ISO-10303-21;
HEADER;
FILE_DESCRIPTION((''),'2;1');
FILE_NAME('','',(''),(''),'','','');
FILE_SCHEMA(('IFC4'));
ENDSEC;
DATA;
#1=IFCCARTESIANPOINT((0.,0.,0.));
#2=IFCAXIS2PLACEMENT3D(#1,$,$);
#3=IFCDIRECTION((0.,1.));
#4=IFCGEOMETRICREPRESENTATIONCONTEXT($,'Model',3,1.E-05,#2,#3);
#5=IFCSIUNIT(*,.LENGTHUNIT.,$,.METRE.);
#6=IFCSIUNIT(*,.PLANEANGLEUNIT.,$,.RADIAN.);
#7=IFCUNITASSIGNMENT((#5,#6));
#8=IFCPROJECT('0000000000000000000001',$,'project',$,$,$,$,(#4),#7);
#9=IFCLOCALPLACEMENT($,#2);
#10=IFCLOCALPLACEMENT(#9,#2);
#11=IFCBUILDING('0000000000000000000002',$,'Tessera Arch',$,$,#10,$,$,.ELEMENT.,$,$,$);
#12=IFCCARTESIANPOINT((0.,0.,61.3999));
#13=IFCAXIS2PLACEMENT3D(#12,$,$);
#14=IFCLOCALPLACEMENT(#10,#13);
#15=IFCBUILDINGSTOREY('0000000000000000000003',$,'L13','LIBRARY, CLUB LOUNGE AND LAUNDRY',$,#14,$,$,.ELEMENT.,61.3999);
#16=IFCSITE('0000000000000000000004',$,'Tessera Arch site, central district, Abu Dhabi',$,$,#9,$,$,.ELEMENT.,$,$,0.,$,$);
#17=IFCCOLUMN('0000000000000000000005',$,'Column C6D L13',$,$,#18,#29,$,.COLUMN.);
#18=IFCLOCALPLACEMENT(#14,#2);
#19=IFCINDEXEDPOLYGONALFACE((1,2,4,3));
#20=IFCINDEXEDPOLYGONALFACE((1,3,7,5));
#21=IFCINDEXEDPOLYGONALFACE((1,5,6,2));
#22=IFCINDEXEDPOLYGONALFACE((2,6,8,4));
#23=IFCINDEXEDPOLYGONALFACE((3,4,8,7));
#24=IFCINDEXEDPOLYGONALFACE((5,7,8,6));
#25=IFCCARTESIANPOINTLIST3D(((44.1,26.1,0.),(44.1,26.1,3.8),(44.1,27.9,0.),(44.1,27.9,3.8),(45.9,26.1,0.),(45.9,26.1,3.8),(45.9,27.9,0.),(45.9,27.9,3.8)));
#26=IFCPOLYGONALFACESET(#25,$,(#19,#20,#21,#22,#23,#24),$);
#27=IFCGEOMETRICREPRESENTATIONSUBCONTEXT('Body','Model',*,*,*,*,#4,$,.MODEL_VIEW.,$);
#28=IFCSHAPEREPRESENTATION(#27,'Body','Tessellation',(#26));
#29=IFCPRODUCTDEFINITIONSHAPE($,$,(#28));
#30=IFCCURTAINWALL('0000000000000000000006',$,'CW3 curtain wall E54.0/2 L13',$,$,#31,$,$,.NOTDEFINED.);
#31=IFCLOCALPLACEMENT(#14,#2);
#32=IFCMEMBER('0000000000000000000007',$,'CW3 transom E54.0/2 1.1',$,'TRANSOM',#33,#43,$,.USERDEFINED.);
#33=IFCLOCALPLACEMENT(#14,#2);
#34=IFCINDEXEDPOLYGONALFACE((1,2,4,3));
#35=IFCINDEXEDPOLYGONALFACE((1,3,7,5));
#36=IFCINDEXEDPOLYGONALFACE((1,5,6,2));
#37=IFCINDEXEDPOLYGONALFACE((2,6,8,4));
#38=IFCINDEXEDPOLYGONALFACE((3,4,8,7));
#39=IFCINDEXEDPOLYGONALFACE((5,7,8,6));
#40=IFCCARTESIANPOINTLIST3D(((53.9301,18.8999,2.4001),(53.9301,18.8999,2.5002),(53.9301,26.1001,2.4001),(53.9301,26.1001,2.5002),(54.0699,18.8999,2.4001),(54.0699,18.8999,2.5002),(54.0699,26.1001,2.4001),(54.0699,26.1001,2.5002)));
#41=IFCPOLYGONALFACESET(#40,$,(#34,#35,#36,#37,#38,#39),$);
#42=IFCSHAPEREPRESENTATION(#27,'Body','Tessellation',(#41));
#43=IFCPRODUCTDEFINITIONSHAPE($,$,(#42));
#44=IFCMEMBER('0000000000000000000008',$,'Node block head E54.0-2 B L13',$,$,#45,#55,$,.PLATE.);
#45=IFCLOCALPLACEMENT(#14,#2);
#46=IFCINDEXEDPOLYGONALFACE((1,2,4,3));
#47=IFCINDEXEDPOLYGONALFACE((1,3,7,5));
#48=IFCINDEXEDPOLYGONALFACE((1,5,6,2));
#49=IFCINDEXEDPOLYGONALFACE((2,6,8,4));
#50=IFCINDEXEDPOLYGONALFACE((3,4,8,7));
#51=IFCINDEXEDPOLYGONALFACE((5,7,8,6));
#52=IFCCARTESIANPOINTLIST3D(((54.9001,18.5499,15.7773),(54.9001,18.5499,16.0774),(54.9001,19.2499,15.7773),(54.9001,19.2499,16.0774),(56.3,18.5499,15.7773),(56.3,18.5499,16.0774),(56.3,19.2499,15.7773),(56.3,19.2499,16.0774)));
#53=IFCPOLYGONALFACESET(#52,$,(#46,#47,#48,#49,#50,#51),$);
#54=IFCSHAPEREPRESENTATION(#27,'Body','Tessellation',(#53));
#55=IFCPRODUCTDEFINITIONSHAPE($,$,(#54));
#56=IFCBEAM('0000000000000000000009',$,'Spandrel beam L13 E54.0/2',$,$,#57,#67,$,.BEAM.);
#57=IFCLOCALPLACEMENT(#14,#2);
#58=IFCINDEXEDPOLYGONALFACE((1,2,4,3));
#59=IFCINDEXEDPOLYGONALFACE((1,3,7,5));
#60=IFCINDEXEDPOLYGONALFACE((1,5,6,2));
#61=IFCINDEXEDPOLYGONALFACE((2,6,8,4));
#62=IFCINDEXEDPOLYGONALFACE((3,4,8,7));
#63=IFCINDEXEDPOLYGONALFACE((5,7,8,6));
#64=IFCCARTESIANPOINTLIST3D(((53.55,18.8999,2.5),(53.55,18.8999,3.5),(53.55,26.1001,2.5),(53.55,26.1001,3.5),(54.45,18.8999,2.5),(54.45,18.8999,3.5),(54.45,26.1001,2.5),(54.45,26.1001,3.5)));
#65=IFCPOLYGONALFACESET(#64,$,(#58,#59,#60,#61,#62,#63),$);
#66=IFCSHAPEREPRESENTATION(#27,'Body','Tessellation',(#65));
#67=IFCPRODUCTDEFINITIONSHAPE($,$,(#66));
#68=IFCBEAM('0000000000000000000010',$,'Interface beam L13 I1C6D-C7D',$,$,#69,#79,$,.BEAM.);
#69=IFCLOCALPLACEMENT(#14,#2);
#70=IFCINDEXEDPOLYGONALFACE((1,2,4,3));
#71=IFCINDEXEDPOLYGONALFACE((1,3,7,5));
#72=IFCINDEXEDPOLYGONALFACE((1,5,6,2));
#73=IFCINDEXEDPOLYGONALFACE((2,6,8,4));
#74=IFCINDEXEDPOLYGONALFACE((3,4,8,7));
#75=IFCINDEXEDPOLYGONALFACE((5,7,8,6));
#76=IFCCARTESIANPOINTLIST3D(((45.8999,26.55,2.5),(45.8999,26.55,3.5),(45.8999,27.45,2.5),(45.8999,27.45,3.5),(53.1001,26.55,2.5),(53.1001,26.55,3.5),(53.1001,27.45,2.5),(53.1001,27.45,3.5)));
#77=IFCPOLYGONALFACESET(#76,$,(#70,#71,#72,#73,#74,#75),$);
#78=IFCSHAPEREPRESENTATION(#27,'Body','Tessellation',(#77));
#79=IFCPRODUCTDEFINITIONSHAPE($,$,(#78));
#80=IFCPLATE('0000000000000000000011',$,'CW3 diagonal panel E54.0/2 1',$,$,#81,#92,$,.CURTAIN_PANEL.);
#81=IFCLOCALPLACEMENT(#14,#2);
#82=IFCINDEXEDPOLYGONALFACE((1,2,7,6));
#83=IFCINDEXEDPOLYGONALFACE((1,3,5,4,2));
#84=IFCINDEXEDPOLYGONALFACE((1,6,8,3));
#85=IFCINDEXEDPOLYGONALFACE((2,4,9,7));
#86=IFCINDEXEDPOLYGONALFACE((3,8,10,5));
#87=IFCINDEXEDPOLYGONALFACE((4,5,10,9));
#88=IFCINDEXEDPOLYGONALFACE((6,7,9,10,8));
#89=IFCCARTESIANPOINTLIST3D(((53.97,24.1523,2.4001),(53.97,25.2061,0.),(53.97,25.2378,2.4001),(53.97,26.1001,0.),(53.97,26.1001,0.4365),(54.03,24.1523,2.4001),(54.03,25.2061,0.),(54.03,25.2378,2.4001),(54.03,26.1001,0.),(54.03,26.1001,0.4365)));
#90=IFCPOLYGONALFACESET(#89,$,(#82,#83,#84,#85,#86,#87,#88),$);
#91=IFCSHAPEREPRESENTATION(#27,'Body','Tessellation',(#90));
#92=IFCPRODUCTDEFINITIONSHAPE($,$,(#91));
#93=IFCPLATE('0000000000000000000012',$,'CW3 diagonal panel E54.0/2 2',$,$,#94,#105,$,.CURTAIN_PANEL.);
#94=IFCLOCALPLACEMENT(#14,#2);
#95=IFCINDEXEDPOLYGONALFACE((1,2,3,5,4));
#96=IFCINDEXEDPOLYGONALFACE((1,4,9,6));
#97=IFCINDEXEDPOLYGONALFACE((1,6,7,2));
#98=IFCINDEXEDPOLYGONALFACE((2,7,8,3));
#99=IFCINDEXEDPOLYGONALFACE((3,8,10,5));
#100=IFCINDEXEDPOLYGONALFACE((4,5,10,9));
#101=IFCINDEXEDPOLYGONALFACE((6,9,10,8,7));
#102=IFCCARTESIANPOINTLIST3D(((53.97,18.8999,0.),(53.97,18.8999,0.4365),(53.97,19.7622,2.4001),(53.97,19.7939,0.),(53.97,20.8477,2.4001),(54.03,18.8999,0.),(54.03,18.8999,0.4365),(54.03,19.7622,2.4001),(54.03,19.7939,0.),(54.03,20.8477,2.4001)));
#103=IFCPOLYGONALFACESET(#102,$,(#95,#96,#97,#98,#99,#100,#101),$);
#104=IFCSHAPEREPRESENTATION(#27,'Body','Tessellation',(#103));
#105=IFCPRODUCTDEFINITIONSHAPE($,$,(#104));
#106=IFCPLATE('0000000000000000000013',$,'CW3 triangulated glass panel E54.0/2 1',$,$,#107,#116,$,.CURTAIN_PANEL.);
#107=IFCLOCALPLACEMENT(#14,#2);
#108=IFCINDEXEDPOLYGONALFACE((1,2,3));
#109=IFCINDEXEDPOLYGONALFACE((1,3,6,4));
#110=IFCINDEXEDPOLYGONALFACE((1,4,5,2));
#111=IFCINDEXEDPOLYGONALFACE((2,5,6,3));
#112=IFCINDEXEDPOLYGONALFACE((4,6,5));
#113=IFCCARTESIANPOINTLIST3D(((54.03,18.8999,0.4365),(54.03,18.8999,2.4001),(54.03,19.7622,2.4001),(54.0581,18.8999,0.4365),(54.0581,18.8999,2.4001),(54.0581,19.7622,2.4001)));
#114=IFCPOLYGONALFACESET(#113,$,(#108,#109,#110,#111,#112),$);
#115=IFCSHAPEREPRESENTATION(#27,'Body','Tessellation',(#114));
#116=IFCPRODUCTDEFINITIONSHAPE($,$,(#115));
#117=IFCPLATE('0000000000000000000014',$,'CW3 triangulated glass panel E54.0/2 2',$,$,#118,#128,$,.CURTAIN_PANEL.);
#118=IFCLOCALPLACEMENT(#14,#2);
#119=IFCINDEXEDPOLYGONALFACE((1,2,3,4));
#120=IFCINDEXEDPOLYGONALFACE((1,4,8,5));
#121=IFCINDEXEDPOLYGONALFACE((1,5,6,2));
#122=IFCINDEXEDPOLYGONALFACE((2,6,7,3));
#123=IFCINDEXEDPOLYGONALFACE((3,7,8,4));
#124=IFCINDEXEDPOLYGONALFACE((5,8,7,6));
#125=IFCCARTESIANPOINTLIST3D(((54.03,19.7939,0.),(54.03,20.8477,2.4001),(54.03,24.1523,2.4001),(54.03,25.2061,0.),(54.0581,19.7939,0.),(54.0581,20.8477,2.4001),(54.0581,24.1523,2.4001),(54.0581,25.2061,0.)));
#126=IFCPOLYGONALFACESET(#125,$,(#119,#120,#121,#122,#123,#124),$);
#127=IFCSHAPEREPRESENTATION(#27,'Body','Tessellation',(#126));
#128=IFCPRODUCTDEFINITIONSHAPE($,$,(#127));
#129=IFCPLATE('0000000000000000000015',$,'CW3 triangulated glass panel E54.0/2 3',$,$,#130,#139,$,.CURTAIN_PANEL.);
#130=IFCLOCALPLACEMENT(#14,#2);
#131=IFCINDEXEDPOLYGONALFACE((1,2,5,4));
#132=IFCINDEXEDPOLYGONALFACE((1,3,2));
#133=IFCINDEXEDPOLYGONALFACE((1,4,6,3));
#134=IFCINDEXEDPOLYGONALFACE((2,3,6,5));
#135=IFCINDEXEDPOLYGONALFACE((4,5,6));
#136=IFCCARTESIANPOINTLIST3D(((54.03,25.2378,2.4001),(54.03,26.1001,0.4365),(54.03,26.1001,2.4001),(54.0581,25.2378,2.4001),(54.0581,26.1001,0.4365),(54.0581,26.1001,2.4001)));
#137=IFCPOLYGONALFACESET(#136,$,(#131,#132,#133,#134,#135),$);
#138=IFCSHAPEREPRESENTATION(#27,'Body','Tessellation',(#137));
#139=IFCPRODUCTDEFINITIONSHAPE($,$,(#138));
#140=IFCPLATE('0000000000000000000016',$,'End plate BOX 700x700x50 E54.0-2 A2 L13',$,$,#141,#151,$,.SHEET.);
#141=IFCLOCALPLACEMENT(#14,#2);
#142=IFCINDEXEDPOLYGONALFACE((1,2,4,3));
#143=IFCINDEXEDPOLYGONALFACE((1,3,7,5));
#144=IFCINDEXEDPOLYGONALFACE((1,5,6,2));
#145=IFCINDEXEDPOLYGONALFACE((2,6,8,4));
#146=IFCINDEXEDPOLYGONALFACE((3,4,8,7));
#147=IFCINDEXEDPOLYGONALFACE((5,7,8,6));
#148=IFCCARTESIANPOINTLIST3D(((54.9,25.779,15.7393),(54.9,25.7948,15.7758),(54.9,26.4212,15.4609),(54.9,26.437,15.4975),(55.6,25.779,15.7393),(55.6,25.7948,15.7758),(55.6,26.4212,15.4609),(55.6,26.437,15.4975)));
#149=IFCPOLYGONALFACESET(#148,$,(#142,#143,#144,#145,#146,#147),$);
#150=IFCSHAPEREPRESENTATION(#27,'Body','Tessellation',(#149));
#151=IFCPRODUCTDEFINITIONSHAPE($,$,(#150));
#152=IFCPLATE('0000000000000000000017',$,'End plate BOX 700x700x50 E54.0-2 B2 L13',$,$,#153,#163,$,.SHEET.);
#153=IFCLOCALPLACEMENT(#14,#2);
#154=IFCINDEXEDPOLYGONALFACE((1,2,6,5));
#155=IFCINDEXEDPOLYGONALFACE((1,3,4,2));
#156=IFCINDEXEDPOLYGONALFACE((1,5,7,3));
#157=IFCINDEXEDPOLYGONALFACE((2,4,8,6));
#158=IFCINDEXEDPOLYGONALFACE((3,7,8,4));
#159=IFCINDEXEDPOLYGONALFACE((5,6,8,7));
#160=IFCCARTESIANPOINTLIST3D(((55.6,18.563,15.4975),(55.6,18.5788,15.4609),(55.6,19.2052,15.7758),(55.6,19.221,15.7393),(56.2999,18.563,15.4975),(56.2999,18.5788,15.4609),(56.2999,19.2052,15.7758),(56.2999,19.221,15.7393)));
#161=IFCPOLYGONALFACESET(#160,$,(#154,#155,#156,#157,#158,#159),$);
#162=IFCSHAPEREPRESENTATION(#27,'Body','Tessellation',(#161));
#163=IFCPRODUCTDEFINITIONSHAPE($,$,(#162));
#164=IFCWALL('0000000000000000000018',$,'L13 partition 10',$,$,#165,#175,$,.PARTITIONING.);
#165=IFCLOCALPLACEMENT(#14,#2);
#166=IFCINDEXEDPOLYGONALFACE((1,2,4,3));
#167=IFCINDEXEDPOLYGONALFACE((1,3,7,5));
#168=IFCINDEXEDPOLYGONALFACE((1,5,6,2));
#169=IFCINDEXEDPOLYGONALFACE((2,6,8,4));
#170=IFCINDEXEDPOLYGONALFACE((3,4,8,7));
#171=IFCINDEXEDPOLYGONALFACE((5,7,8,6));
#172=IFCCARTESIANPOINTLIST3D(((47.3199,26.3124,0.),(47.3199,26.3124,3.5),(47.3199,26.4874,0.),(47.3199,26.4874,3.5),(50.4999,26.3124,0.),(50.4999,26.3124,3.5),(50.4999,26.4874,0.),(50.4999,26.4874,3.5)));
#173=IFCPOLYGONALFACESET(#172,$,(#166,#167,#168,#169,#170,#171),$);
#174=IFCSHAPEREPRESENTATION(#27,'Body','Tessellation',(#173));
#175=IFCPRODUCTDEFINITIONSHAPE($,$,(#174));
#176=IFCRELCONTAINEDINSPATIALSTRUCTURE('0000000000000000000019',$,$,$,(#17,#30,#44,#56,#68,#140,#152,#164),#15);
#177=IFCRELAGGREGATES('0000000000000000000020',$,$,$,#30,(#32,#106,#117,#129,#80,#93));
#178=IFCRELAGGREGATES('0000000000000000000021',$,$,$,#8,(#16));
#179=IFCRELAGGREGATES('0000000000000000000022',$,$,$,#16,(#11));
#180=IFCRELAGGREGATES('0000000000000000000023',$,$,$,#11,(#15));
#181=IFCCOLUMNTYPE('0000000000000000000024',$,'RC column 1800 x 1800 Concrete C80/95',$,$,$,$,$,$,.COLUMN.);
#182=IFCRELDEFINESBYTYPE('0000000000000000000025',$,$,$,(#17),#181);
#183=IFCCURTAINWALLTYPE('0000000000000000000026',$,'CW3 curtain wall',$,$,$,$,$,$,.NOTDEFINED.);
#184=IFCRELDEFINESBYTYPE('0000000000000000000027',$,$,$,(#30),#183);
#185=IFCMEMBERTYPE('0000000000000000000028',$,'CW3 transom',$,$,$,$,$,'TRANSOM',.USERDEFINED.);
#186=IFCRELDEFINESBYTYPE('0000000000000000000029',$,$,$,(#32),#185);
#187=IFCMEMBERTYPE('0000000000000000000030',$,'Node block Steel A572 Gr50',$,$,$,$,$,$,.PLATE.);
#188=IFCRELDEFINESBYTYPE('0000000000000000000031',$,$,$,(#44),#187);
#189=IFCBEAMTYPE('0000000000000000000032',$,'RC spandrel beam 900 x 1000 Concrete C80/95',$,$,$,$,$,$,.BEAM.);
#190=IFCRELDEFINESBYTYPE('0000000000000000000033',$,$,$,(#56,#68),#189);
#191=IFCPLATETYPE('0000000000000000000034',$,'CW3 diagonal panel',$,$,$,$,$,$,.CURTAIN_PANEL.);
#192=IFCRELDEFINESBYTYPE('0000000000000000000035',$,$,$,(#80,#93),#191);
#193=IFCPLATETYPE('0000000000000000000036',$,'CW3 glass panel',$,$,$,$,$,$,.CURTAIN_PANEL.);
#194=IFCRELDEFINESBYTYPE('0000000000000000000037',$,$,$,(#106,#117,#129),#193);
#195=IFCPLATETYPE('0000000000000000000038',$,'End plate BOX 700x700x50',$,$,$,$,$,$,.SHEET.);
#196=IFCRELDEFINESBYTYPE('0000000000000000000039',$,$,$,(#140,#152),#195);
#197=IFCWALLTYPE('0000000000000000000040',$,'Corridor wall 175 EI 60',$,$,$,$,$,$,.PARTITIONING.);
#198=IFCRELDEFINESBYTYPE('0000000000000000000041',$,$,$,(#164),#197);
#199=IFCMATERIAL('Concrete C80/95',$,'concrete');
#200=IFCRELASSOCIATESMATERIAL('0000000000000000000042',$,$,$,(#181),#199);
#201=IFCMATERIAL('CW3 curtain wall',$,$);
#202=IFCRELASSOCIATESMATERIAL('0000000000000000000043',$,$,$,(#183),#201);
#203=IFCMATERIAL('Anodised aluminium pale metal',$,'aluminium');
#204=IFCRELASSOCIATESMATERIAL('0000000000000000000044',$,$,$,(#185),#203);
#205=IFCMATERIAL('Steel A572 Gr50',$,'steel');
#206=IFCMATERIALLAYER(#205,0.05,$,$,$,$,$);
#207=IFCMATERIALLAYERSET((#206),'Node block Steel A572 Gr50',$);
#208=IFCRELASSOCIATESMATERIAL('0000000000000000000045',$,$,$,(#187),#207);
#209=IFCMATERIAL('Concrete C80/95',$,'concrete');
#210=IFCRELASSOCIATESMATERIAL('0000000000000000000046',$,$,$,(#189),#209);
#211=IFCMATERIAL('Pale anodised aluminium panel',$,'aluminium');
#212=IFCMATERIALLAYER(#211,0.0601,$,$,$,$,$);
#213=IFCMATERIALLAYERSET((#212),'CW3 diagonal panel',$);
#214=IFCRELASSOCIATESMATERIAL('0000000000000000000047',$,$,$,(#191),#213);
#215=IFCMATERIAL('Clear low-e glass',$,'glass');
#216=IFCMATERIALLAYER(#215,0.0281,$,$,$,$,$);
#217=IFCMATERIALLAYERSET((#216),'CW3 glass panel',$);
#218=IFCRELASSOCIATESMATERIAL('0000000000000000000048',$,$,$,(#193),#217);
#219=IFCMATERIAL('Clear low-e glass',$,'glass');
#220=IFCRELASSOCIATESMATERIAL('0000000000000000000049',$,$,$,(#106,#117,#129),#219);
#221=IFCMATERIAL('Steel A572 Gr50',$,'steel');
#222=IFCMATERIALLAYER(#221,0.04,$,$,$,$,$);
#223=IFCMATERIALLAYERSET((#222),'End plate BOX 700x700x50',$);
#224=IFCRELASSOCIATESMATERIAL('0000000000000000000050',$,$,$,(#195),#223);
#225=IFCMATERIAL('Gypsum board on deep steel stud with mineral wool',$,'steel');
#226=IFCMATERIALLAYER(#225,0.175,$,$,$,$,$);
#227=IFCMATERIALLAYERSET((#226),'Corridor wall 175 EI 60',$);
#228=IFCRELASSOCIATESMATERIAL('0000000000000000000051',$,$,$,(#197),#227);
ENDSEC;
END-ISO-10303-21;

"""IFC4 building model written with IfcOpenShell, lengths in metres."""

from ifc_helpers import new_model, si_unit, direction, frame, frame_2d, origin, origin_2d, place, context, subcontext, project, spatial, polyline, rectangle, outline, extrude, material, layer, layer_set, material_profile, profile_set, type_object, element, aggregate, save


model = new_model("IFC4")

# Units and contexts
model_context = context("Model", 3, precision=1e-05, world=origin(), true_north=direction((0.0, 1.0)))
body_context = subcontext(model_context, "Body", "Model", "MODEL_VIEW")
ifc_project = project(units=[si_unit("LENGTHUNIT", "METRE"), si_unit("PLANEANGLEUNIT", "RADIAN")], contexts=[model_context])

# Site, building, storey
site_placement = place(None, origin())
site = spatial("IfcSite", under=ifc_project, at=site_placement, Name="Tessera Arch site, central district, Abu Dhabi", CompositionType="ELEMENT", RefElevation=0.0)
building_placement = place(site_placement, origin())
building = spatial("IfcBuilding", under=site, at=building_placement, Name="Tessera Arch", CompositionType="ELEMENT")
storey_placement = place(building_placement, frame((0.0, 0.0, 61.3999)))
storey = spatial("IfcBuildingStorey", under=building, at=storey_placement, Name="L13", Description="LIBRARY, CLUB LOUNGE AND LAUNDRY", CompositionType="ELEMENT", Elevation=61.3999)

# Column
ifc_material_1 = material(Name="Concrete C80/95", Category="concrete")
ifc_material_profile_1 = material_profile(ifc_material_1, rectangle(XDim=1.8, YDim=1.8, at=origin_2d()), Name="RC column 1800 x 1800 Concrete C80/95")
ifc_profile_set_1 = profile_set([ifc_material_profile_1], Name="Concrete C80/95")
column_type = type_object("IfcColumnType", Name="RC column 1800 x 1800 Concrete C80/95", PredefinedType="COLUMN", material=ifc_profile_set_1)
column_placement = place(storey_placement, frame((45.0, 27.0, 0.0), z_axis=(0.0, 0.0, 1.0), x_axis=(1.0, 0.0, 0.0)))
element("IfcColumn", 1, at=column_placement, inside=storey, type_object=column_type, Name="Column C6D L13", PredefinedType="COLUMN", context=body_context, shape_type="SweptSolid", body=[
    extrude(rectangle(XDim=1.8, YDim=1.8, at=origin_2d()), origin(), (0.0, 0.0, 1.0), 3.8),
])

# Curtain wall, member
ifc_material_2 = material(Name="CW3 curtain wall")
curtain_wall_type = type_object("IfcCurtainWallType", Name="CW3 curtain wall", PredefinedType="NOTDEFINED", material=ifc_material_2)
curtain_wall_placement = place(storey_placement, origin())
curtain_wall = element("IfcCurtainWall", 2, at=curtain_wall_placement, inside=storey, type_object=curtain_wall_type, Name="CW3 curtain wall E54.0/2 L13", PredefinedType="NOTDEFINED")
ifc_material_3 = material(Name="Anodised aluminium pale metal", Category="aluminium")
ifc_material_profile_2 = material_profile(ifc_material_3, rectangle(XDim=0.1399, YDim=0.1001, at=origin_2d()), Name="AL 140x100")
ifc_profile_set_2 = profile_set([ifc_material_profile_2], Name="Anodised aluminium pale metal")
member_type_1 = type_object("IfcMemberType", Name="CW3 transom", ElementType="TRANSOM", PredefinedType="USERDEFINED", material=ifc_profile_set_2)
member_1_placement = place(storey_placement, frame((54.0, 18.8999, 2.4502), z_axis=(0.0, 1.0, 0.0), x_axis=(-1.0, 0.0, 0.0)))
member_1 = element("IfcMember", 3, at=member_1_placement, type_object=member_type_1, Name="CW3 transom E54.0/2 1.1", ObjectType="TRANSOM", PredefinedType="USERDEFINED", context=body_context, shape_type="SweptSolid", body=[
    extrude(rectangle(XDim=0.1399, YDim=0.1001, at=origin_2d()), origin(), (0.0, 0.0, 1.0), 7.2002),
])

# Member
ifc_material_4 = material(Name="Steel A572 Gr50", Category="steel")
ifc_layer_1 = layer(ifc_material_4, 0.05)
ifc_layer_set_1 = layer_set([ifc_layer_1], Name="Node block Steel A572 Gr50")
member_type_2 = type_object("IfcMemberType", Name="Node block Steel A572 Gr50", PredefinedType="PLATE", material=ifc_layer_set_1)
member_2_placement = place(storey_placement, frame((55.6001, 18.8999, 15.7773), z_axis=(0.0, 0.0, 1.0), x_axis=(0.0, 1.0, 0.0)))
element("IfcMember", 4, at=member_2_placement, inside=storey, type_object=member_type_2, Name="Node block head E54.0-2 B L13", PredefinedType="PLATE", context=body_context, shape_type="SweptSolid", body=[
    extrude(rectangle(XDim=0.7, YDim=1.3999, at=origin_2d()), origin(), (0.0, 0.0, 1.0), 0.3),
])

# Beams
ifc_material_5 = material(Name="Concrete C80/95", Category="concrete")
ifc_material_profile_3 = material_profile(ifc_material_5, rectangle(XDim=0.8999, YDim=1.0, at=origin_2d()), Name="RC spandrel beam 900 x 1000 Concrete C80/95")
ifc_profile_set_3 = profile_set([ifc_material_profile_3], Name="Concrete C80/95")
beam_type = type_object("IfcBeamType", Name="RC spandrel beam 900 x 1000 Concrete C80/95", PredefinedType="BEAM", material=ifc_profile_set_3)
for number, where, z_axis, x_axis, name in (
    (5, (54.0, 18.8999, 3.0), (0.0, 1.0, 0.0), (-1.0, 0.0, 0.0), "Spandrel beam L13 E54.0/2"),
    (6, (45.8999, 27.0, 3.0), (1.0, 0.0, 0.0), (0.0, 1.0, 0.0), "Interface beam L13 I1C6D-C7D"),
):
    element("IfcBeam", number, at=place(storey_placement, frame(where, z_axis=z_axis, x_axis=x_axis)), inside=storey, type_object=beam_type, Name=name, PredefinedType="BEAM", context=body_context, shape_type="SweptSolid", body=[
        extrude(rectangle(XDim=0.8999, YDim=1.0, at=origin_2d()), origin(), (0.0, 0.0, 1.0), 7.2002),
    ])

# Plates
ifc_material_6 = material(Name="Pale anodised aluminium panel", Category="aluminium")
ifc_layer_2 = layer(ifc_material_6, 0.0601)
ifc_layer_set_2 = layer_set([ifc_layer_2], Name="CW3 diagonal panel")
plate_type_1 = type_object("IfcPlateType", Name="CW3 diagonal panel", PredefinedType="CURTAIN_PANEL", material=ifc_layer_set_2)
plate_1_placement = place(storey_placement, frame((54.03, 26.1001, 0.0), z_axis=(1.0, 0.0, 0.0), x_axis=(0.0, 0.0, 1.0)))
plate_1 = element("IfcPlate", 7, at=plate_1_placement, type_object=plate_type_1, Name="CW3 diagonal panel E54.0/2 1", PredefinedType="CURTAIN_PANEL", context=body_context, shape_type="SweptSolid", body=[
    extrude(outline(polyline([(0.0, 0.0), (0.4365, 0.0), (2.4001, 0.8623), (2.4001, 1.9478), (0.0, 0.894), (0.0, 0.0)])), origin(), (0.0, 0.0, -1.0), 0.0601),
])
plate_2_placement = place(storey_placement, frame((54.03, 20.8477, 2.4001), z_axis=(1.0, 0.0, 0.0), x_axis=(0.0, -1.0, 0.0)))
plate_2 = element("IfcPlate", 8, at=plate_2_placement, type_object=plate_type_1, Name="CW3 diagonal panel E54.0/2 2", PredefinedType="CURTAIN_PANEL", context=body_context, shape_type="SweptSolid", body=[
    extrude(outline(polyline([(0.0, 0.0), (1.0854, 0.0), (1.9478, 1.9636), (1.9478, 2.4001), (1.0537, 2.4001), (0.0, 0.0)])), origin(), (0.0, 0.0, -1.0), 0.0601),
])
ifc_material_7 = material(Name="Clear low-e glass", Category="glass")
ifc_material_8 = material(Name="Clear low-e glass", Category="glass")
ifc_layer_3 = layer(ifc_material_8, 0.0281)
ifc_layer_set_3 = layer_set([ifc_layer_3], Name="CW3 glass panel")
plate_type_2 = type_object("IfcPlateType", Name="CW3 glass panel", PredefinedType="CURTAIN_PANEL", material=ifc_layer_set_3)
plate_3_placement = place(storey_placement, frame((54.0581, 18.8999, 2.4001), z_axis=(1.0, 0.0, 0.0), x_axis=(0.0, 0.0, -1.0)))
plate_3 = element("IfcPlate", 9, at=plate_3_placement, type_object=plate_type_2, material=ifc_material_7, Name="CW3 triangulated glass panel E54.0/2 1", PredefinedType="CURTAIN_PANEL", context=body_context, shape_type="SweptSolid", body=[
    extrude(outline(polyline([(0.0, 0.0), (1.9636, 0.0), (0.0, 0.8623), (0.0, 0.0)])), origin(), (0.0, 0.0, -1.0), 0.0281),
])
plate_4_placement = place(storey_placement, frame((54.0581, 24.1523, 2.4001), z_axis=(1.0, 0.0, 0.0), x_axis=(0.0, -1.0, 0.0)))
plate_4 = element("IfcPlate", 10, at=plate_4_placement, type_object=plate_type_2, material=ifc_material_7, Name="CW3 triangulated glass panel E54.0/2 2", PredefinedType="CURTAIN_PANEL", context=body_context, shape_type="SweptSolid", body=[
    extrude(outline(polyline([(0.0, 0.0), (3.3047, 0.0), (4.3584, 2.4001), (-1.0537, 2.4001), (0.0, 0.0)])), origin(), (0.0, 0.0, -1.0), 0.0281),
])
plate_5_placement = place(storey_placement, frame((54.0581, 26.1001, 2.4001), z_axis=(1.0, 0.0, 0.0), x_axis=(0.0, -1.0, 0.0)))
plate_5 = element("IfcPlate", 11, at=plate_5_placement, type_object=plate_type_2, material=ifc_material_7, Name="CW3 triangulated glass panel E54.0/2 3", PredefinedType="CURTAIN_PANEL", context=body_context, shape_type="SweptSolid", body=[
    extrude(outline(polyline([(0.0, 0.0), (0.8623, 0.0), (0.0, 1.9636), (0.0, 0.0)])), origin(), (0.0, 0.0, -1.0), 0.0281),
])
aggregate(curtain_wall, [member_1, plate_3, plate_4, plate_5, plate_1, plate_2])

# Plates
ifc_material_9 = material(Name="Steel A572 Gr50", Category="steel")
ifc_layer_4 = layer(ifc_material_9, 0.04)
ifc_layer_set_4 = layer_set([ifc_layer_4], Name="End plate BOX 700x700x50")
plate_type_3 = type_object("IfcPlateType", Name="End plate BOX 700x700x50", PredefinedType="SHEET", material=ifc_layer_set_4)
for number, where, z_axis, x_axis, name in (
    (12, (55.25, 26.1001, 15.6001), (0.0, 0.397607, 0.917556), (-1.0, 0.0, 0.0), "End plate BOX 700x700x50 E54.0-2 A2 L13"),
    (13, (55.95, 18.8999, 15.6001), (0.0, -0.397607, 0.917556), (1.0, 0.0, 0.0), "End plate BOX 700x700x50 E54.0-2 B2 L13"),
):
    element("IfcPlate", number, at=place(storey_placement, frame(where, z_axis=z_axis, x_axis=x_axis)), inside=storey, type_object=plate_type_3, Name=name, PredefinedType="SHEET", context=body_context, shape_type="SweptSolid", body=[
        extrude(rectangle(XDim=0.7, YDim=0.7, at=origin_2d()), origin(), (0.0, 0.0, 1.0), 0.0398),
    ])

# Wall
ifc_material_10 = material(Name="Gypsum board on deep steel stud with mineral wool", Category="steel")
ifc_layer_5 = layer(ifc_material_10, 0.175)
ifc_layer_set_5 = layer_set([ifc_layer_5], Name="Corridor wall 175 EI 60")
wall_type_1 = type_object("IfcWallType", Name="Corridor wall 175 EI 60", PredefinedType="PARTITIONING", material=ifc_layer_set_5)
wall_1_placement = place(storey_placement, frame((47.3201, 26.3999, 0.0), z_axis=(0.0, 0.0, 1.0), x_axis=(1.0, 0.0, 0.0)))
element("IfcWall", 14, at=wall_1_placement, inside=storey, type_object=wall_type_1, Name="L13 partition 10", PredefinedType="PARTITIONING", context=body_context, shape_type="SweptSolid", body=[
    extrude(rectangle(XDim=3.1799, YDim=0.175, at=frame_2d((1.5898, 0.0))), origin(), (0.0, 0.0, 1.0), 3.5),
])

save(model, "model.ifc")
